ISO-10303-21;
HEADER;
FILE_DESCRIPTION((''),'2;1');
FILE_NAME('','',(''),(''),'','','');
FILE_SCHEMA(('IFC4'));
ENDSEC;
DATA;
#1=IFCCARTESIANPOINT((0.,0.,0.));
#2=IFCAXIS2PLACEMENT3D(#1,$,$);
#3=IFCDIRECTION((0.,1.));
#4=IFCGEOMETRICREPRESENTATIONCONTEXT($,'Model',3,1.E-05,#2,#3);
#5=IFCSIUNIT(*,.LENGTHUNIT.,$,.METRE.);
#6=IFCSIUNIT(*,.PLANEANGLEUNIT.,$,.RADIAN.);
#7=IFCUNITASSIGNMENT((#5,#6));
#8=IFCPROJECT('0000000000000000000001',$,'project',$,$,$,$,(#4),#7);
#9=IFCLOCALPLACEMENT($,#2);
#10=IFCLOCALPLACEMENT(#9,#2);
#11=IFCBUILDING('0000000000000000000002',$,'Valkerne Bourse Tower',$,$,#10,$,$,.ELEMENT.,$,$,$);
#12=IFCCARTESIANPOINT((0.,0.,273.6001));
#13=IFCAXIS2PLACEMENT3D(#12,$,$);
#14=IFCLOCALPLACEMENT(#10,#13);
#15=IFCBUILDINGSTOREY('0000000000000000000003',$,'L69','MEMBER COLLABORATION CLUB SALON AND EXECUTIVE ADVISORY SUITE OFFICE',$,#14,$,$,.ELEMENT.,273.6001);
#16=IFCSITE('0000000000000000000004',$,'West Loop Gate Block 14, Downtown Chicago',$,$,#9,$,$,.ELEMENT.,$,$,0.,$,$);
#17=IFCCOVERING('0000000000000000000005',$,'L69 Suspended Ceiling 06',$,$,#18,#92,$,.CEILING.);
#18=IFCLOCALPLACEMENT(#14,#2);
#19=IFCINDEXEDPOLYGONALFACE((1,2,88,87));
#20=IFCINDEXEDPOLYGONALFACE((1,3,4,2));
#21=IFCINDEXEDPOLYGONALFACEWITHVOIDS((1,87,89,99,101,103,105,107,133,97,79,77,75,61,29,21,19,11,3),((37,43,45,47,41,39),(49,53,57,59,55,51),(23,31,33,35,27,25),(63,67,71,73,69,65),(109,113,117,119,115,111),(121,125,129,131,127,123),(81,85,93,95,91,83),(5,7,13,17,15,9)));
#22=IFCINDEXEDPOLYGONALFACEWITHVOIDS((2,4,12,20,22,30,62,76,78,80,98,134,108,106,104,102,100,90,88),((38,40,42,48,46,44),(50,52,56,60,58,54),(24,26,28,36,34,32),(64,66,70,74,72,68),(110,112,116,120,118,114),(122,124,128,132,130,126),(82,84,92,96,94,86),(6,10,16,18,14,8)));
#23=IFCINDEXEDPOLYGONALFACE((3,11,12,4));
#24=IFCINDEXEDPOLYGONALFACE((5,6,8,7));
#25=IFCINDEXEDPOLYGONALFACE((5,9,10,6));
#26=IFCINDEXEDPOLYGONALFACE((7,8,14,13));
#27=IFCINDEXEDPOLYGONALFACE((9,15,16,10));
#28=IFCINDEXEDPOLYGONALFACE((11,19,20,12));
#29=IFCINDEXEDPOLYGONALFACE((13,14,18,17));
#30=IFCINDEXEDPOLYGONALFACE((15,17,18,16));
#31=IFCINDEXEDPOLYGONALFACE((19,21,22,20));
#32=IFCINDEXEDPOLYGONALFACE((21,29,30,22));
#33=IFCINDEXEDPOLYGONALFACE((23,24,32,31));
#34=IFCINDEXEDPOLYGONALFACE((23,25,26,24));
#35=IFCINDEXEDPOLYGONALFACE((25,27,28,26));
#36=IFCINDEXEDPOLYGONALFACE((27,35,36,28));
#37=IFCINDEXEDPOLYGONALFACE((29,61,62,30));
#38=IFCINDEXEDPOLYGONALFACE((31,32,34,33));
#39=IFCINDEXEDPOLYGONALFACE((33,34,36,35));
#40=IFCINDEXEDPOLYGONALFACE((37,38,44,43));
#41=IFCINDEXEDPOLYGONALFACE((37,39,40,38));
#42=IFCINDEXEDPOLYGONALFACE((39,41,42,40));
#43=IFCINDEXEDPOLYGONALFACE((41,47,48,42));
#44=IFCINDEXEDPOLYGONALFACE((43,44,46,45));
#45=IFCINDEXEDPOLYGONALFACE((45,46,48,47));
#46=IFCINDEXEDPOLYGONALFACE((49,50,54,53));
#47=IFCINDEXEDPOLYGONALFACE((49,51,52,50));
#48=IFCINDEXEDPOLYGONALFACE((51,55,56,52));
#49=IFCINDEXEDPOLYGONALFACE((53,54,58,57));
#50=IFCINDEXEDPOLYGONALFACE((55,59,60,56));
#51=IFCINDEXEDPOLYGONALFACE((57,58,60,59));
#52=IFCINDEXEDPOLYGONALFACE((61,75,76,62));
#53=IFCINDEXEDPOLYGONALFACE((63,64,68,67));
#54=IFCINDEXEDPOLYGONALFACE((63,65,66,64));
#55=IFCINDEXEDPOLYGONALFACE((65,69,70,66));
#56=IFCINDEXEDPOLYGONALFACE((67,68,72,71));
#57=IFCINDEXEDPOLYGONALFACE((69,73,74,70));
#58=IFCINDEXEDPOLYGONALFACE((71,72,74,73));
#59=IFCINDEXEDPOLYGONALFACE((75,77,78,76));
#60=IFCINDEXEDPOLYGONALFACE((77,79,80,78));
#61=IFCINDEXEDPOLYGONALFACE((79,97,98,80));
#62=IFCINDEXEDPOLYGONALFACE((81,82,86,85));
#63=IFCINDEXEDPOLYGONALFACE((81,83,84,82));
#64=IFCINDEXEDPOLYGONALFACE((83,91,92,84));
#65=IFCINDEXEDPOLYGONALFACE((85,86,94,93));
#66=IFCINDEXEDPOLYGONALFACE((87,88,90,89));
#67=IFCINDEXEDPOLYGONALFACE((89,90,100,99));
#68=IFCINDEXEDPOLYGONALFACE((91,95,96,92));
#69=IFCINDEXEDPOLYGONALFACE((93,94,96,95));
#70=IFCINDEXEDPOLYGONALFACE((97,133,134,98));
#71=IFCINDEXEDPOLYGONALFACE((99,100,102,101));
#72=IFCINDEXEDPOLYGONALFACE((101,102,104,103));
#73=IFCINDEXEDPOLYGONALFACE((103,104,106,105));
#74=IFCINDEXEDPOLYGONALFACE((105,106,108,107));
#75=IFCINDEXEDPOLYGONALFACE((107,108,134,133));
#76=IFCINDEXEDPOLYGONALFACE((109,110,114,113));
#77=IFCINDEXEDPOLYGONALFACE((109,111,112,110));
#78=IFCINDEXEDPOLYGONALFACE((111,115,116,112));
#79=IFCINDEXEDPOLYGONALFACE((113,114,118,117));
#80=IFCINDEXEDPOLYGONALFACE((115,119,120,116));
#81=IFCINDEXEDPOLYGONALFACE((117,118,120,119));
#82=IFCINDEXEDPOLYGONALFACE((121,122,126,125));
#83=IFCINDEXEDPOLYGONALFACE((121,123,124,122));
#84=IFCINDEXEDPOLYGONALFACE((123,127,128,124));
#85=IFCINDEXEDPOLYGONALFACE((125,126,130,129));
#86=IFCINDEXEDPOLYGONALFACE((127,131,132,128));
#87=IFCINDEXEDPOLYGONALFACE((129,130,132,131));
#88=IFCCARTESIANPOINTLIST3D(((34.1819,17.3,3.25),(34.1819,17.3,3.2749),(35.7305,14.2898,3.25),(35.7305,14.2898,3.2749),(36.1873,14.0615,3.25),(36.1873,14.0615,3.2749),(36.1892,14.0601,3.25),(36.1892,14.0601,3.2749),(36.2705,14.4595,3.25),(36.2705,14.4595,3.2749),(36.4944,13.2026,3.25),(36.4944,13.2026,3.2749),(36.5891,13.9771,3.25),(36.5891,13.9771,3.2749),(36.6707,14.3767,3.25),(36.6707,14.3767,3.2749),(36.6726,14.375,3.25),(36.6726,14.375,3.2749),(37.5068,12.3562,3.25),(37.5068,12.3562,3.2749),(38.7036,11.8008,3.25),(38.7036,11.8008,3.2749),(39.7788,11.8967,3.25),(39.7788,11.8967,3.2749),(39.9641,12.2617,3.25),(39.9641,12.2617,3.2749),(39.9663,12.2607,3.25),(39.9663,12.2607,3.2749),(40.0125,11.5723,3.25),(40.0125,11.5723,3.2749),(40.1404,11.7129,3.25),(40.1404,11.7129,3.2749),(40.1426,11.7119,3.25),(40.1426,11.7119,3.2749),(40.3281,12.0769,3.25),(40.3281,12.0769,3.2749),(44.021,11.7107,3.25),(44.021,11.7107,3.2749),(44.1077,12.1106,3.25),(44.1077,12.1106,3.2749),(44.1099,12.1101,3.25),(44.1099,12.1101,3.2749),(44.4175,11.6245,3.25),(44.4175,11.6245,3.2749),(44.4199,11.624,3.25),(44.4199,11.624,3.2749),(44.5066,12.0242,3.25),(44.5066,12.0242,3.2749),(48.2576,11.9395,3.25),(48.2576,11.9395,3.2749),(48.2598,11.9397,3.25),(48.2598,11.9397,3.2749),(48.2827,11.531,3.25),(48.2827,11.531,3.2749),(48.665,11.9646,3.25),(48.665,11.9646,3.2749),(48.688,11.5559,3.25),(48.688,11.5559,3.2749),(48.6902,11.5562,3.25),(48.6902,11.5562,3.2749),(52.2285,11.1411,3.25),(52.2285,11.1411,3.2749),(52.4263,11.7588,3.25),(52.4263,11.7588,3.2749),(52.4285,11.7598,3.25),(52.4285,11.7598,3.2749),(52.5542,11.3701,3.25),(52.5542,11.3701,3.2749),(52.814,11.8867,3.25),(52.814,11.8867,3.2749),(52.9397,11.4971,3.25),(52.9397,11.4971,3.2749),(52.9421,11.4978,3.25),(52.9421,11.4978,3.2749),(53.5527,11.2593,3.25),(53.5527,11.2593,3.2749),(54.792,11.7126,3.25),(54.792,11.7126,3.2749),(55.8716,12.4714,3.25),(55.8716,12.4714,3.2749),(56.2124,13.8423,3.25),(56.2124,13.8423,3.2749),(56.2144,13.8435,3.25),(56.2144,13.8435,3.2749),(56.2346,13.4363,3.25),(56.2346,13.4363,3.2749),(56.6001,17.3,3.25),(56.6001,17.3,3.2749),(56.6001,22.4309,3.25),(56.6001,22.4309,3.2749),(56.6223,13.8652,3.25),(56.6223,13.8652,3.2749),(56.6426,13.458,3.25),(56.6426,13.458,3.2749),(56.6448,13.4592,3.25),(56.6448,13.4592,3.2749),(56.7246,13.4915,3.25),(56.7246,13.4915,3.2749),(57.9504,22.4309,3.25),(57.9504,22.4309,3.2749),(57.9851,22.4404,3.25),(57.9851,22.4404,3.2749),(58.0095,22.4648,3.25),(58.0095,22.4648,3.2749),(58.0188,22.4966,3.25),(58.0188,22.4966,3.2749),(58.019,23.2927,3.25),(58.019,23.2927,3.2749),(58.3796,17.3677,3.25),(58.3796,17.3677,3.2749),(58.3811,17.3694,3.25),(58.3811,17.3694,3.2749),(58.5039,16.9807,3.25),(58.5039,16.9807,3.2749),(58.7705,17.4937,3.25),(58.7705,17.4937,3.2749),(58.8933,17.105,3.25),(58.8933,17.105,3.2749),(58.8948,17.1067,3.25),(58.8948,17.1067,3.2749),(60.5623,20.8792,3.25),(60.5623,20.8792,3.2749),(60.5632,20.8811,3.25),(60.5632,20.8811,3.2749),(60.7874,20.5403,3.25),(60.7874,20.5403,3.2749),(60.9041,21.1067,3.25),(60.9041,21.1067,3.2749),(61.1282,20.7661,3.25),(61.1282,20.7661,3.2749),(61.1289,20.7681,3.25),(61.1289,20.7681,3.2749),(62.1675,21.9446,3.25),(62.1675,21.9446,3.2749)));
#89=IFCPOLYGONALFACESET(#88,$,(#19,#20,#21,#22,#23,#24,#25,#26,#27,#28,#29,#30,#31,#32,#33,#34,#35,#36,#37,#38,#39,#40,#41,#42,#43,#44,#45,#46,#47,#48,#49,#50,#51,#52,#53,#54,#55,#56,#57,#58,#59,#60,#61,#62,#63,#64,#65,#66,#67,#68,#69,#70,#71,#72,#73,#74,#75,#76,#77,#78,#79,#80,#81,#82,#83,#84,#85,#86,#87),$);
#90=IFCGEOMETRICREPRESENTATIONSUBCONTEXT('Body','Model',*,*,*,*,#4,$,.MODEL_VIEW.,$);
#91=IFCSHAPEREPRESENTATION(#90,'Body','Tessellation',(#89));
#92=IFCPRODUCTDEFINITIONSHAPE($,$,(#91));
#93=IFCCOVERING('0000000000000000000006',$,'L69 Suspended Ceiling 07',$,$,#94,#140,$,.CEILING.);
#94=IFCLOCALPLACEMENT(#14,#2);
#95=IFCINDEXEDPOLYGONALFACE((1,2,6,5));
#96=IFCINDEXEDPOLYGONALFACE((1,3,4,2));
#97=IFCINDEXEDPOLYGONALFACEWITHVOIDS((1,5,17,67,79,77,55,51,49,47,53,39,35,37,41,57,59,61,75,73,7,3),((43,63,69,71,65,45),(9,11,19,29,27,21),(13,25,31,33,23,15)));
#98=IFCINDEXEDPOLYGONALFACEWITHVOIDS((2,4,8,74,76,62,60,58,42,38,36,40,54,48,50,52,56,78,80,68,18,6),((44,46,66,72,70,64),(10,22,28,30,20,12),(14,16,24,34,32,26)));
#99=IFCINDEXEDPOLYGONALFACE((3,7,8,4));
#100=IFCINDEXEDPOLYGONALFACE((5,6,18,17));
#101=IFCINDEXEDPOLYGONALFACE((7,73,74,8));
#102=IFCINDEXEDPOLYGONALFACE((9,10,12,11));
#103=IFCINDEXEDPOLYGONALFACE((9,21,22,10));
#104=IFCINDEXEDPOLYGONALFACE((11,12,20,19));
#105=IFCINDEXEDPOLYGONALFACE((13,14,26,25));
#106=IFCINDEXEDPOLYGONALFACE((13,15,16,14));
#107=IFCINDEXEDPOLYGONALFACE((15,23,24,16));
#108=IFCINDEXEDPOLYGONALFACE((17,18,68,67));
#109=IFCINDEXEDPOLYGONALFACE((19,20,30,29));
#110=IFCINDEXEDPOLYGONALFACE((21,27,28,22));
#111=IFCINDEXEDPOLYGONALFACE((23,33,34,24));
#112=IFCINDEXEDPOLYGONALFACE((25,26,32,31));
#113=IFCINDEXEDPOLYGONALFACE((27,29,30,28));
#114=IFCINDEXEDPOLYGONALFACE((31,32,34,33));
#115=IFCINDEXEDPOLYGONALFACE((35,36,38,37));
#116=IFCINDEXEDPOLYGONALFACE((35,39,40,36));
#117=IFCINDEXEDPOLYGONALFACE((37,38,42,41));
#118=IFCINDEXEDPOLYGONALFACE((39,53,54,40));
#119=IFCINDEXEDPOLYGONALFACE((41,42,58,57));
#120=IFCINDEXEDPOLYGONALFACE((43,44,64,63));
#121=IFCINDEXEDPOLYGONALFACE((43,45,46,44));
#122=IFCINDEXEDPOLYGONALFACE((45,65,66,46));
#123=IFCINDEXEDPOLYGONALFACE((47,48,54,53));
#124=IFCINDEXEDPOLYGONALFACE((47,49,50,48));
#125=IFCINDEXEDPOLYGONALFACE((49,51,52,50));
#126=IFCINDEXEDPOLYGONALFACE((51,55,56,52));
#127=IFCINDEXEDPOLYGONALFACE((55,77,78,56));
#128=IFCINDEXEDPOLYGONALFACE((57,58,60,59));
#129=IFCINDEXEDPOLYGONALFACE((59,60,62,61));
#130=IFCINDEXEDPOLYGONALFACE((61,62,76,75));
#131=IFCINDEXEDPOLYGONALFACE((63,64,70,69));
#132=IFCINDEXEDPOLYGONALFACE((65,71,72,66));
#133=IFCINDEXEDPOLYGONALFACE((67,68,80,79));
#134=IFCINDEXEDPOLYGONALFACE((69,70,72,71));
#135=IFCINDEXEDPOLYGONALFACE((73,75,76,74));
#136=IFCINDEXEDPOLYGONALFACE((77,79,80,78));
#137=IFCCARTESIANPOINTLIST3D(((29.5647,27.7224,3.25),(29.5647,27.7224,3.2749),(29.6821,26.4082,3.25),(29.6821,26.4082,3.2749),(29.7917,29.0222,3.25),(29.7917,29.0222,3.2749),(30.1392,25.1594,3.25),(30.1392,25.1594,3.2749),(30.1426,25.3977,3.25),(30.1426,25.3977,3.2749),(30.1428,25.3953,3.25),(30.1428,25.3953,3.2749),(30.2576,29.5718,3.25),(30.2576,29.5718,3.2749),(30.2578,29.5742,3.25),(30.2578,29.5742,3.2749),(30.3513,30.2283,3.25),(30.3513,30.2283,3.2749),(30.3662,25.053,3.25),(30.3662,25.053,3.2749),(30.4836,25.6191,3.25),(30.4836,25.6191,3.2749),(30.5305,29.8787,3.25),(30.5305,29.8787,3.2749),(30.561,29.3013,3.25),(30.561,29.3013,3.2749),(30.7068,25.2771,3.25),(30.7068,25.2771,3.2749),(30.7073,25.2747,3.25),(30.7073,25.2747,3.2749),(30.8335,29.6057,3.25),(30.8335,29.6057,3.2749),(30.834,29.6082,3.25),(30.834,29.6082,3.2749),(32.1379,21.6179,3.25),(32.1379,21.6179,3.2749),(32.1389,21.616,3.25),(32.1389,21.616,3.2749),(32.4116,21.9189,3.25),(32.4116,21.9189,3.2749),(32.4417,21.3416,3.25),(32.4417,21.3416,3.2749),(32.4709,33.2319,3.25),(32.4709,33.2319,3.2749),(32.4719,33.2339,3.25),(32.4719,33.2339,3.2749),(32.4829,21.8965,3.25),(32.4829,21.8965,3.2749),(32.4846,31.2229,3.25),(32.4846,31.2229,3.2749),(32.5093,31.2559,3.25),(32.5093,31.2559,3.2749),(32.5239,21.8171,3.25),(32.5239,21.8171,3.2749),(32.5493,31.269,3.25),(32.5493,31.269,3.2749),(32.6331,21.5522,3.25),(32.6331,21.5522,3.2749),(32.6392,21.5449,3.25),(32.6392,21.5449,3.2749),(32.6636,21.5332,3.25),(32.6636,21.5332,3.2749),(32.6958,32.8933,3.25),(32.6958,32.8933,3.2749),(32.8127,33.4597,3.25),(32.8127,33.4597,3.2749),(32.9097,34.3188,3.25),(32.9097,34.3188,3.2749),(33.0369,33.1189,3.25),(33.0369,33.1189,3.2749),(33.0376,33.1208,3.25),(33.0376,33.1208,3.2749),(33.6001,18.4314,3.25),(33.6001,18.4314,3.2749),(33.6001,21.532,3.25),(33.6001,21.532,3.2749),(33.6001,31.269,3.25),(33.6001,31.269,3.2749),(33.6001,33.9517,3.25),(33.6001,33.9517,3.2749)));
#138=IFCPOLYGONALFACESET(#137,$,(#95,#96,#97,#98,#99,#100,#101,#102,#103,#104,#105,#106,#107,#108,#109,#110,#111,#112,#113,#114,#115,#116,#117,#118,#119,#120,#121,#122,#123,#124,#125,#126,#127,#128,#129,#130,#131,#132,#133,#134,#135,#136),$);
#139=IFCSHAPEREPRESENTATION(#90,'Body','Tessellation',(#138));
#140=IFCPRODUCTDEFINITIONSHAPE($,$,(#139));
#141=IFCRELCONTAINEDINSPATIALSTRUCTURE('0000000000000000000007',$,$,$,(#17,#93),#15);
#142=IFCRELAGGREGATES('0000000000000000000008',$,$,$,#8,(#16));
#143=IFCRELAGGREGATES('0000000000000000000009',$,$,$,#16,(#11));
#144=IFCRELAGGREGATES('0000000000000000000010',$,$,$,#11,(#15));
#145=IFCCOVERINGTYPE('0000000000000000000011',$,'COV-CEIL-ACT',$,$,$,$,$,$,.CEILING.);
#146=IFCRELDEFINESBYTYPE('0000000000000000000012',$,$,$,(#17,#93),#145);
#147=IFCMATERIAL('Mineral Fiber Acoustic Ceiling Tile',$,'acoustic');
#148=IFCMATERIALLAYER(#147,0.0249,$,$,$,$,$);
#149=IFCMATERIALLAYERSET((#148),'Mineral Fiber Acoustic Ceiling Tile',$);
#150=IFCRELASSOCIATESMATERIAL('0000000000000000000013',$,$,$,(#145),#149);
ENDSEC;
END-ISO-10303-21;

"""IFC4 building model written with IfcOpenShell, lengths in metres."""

from ifc_helpers import new_model, si_unit, direction, frame, origin, place, context, subcontext, project, spatial, polyline, outline, extrude, material, layer, layer_set, type_object, element, save


model = new_model("IFC4")

# Units and contexts
model_context = context("Model", 3, precision=1e-05, world=origin(), true_north=direction((0.0, 1.0)))
body_context = subcontext(model_context, "Body", "Model", "MODEL_VIEW")
ifc_project = project(units=[si_unit("LENGTHUNIT", "METRE"), si_unit("PLANEANGLEUNIT", "RADIAN")], contexts=[model_context])

# Site, building, storey
site_placement = place(None, origin())
site = spatial("IfcSite", under=ifc_project, at=site_placement, Name="West Loop Gate Block 14, Downtown Chicago", CompositionType="ELEMENT", RefElevation=0.0)
building_placement = place(site_placement, origin())
building = spatial("IfcBuilding", under=site, at=building_placement, Name="Valkerne Bourse Tower", CompositionType="ELEMENT")
storey_placement = place(building_placement, frame((0.0, 0.0, 273.6001)))
storey = spatial("IfcBuildingStorey", under=building, at=storey_placement, Name="L69", Description="MEMBER COLLABORATION CLUB SALON AND EXECUTIVE ADVISORY SUITE OFFICE", CompositionType="ELEMENT", Elevation=273.6001)

# Coverings
ifc_material_1 = material(Name="Mineral Fiber Acoustic Ceiling Tile", Category="acoustic")
ifc_layer_1 = layer(ifc_material_1, 0.0249)
ifc_layer_set_1 = layer_set([ifc_layer_1], Name="Mineral Fiber Acoustic Ceiling Tile")
covering_type_1 = type_object("IfcCoveringType", Name="COV-CEIL-ACT", PredefinedType="CEILING", material=ifc_layer_set_1)
covering_1_placement = place(storey_placement, frame((0.0, 0.0, 3.25)))
element("IfcCovering", 1, at=covering_1_placement, inside=storey, type_object=covering_type_1, Name="L69 Suspended Ceiling 06", PredefinedType="CEILING", context=body_context, shape_type="SweptSolid", body=[
    extrude(outline(polyline([(54.792, 11.7126), (53.5527, 11.2593), (52.2285, 11.1411), (40.0125, 11.5723), (38.7036, 11.8008), (37.5068, 12.3562), (36.4944, 13.2026), (35.7305, 14.2898), (34.1819, 17.3), (56.6001, 17.3), (56.6001, 22.4309), (57.9504, 22.4309), (57.9851, 22.4404), (58.0095, 22.4648), (58.0188, 22.4966), (58.019, 23.2927), (62.1675, 21.9446), (56.7246, 13.4915), (55.8716, 12.4714), (54.792, 11.7126)]), holes=[polyline([(44.1099, 12.1101), (44.1077, 12.1106), (44.021, 11.7107), (44.4175, 11.6245), (44.4199, 11.624), (44.5066, 12.0242), (44.1099, 12.1101)]), polyline([(39.9663, 12.2607), (39.9641, 12.2617), (39.7788, 11.8967), (40.1404, 11.7129), (40.1426, 11.7119), (40.3281, 12.0769), (39.9663, 12.2607)]), polyline([(36.6707, 14.3767), (36.2705, 14.4595), (36.1873, 14.0615), (36.1892, 14.0601), (36.5891, 13.9771), (36.6726, 14.375), (36.6707, 14.3767)]), polyline([(52.9421, 11.4978), (52.814, 11.8867), (52.4285, 11.7598), (52.4263, 11.7588), (52.5542, 11.3701), (52.9397, 11.4971), (52.9421, 11.4978)]), polyline([(48.6902, 11.5562), (48.665, 11.9646), (48.2598, 11.9397), (48.2576, 11.9395), (48.2827, 11.531), (48.688, 11.5559), (48.6902, 11.5562)]), polyline([(56.6448, 13.4592), (56.6223, 13.8652), (56.2144, 13.8435), (56.2124, 13.8423), (56.2346, 13.4363), (56.6426, 13.458), (56.6448, 13.4592)]), polyline([(58.8948, 17.1067), (58.7705, 17.4937), (58.3811, 17.3694), (58.3796, 17.3677), (58.5039, 16.9807), (58.8933, 17.105), (58.8948, 17.1067)]), polyline([(61.1289, 20.7681), (60.9041, 21.1067), (60.5632, 20.8811), (60.5623, 20.8792), (60.7874, 20.5403), (61.1282, 20.7661), (61.1289, 20.7681)])]), origin(), (0.0, 0.0, 1.0), 0.0249),
])
covering_2_placement = place(storey_placement, frame((0.0, 0.0, 3.25)))
element("IfcCovering", 2, at=covering_2_placement, inside=storey, type_object=covering_type_1, Name="L69 Suspended Ceiling 07", PredefinedType="CEILING", context=body_context, shape_type="SweptSolid", body=[
    extrude(outline(polyline([(30.1392, 25.1594), (29.6821, 26.4082), (29.5647, 27.7224), (29.7917, 29.0222), (30.3513, 30.2283), (32.9097, 34.3188), (33.6001, 33.9517), (33.6001, 31.269), (32.5493, 31.269), (32.5093, 31.2559), (32.4846, 31.2229), (32.4829, 21.8965), (32.5239, 21.8171), (32.4116, 21.9189), (32.1379, 21.6179), (32.1389, 21.616), (32.4417, 21.3416), (32.6331, 21.5522), (32.6392, 21.5449), (32.6636, 21.5332), (33.6001, 21.532), (33.6001, 18.4314), (30.1392, 25.1594)]), holes=[polyline([(30.7068, 25.2771), (30.4836, 25.6191), (30.1426, 25.3977), (30.1428, 25.3953), (30.3662, 25.053), (30.7073, 25.2747), (30.7068, 25.2771)]), polyline([(30.834, 29.6082), (30.5305, 29.8787), (30.2578, 29.5742), (30.2576, 29.5718), (30.561, 29.3013), (30.8335, 29.6057), (30.834, 29.6082)]), polyline([(33.0376, 33.1208), (32.8127, 33.4597), (32.4719, 33.2339), (32.4709, 33.2319), (32.6958, 32.8933), (33.0369, 33.1189), (33.0376, 33.1208)])]), origin(), (0.0, 0.0, 1.0), 0.0249),
])

save(model, "model.ifc")
